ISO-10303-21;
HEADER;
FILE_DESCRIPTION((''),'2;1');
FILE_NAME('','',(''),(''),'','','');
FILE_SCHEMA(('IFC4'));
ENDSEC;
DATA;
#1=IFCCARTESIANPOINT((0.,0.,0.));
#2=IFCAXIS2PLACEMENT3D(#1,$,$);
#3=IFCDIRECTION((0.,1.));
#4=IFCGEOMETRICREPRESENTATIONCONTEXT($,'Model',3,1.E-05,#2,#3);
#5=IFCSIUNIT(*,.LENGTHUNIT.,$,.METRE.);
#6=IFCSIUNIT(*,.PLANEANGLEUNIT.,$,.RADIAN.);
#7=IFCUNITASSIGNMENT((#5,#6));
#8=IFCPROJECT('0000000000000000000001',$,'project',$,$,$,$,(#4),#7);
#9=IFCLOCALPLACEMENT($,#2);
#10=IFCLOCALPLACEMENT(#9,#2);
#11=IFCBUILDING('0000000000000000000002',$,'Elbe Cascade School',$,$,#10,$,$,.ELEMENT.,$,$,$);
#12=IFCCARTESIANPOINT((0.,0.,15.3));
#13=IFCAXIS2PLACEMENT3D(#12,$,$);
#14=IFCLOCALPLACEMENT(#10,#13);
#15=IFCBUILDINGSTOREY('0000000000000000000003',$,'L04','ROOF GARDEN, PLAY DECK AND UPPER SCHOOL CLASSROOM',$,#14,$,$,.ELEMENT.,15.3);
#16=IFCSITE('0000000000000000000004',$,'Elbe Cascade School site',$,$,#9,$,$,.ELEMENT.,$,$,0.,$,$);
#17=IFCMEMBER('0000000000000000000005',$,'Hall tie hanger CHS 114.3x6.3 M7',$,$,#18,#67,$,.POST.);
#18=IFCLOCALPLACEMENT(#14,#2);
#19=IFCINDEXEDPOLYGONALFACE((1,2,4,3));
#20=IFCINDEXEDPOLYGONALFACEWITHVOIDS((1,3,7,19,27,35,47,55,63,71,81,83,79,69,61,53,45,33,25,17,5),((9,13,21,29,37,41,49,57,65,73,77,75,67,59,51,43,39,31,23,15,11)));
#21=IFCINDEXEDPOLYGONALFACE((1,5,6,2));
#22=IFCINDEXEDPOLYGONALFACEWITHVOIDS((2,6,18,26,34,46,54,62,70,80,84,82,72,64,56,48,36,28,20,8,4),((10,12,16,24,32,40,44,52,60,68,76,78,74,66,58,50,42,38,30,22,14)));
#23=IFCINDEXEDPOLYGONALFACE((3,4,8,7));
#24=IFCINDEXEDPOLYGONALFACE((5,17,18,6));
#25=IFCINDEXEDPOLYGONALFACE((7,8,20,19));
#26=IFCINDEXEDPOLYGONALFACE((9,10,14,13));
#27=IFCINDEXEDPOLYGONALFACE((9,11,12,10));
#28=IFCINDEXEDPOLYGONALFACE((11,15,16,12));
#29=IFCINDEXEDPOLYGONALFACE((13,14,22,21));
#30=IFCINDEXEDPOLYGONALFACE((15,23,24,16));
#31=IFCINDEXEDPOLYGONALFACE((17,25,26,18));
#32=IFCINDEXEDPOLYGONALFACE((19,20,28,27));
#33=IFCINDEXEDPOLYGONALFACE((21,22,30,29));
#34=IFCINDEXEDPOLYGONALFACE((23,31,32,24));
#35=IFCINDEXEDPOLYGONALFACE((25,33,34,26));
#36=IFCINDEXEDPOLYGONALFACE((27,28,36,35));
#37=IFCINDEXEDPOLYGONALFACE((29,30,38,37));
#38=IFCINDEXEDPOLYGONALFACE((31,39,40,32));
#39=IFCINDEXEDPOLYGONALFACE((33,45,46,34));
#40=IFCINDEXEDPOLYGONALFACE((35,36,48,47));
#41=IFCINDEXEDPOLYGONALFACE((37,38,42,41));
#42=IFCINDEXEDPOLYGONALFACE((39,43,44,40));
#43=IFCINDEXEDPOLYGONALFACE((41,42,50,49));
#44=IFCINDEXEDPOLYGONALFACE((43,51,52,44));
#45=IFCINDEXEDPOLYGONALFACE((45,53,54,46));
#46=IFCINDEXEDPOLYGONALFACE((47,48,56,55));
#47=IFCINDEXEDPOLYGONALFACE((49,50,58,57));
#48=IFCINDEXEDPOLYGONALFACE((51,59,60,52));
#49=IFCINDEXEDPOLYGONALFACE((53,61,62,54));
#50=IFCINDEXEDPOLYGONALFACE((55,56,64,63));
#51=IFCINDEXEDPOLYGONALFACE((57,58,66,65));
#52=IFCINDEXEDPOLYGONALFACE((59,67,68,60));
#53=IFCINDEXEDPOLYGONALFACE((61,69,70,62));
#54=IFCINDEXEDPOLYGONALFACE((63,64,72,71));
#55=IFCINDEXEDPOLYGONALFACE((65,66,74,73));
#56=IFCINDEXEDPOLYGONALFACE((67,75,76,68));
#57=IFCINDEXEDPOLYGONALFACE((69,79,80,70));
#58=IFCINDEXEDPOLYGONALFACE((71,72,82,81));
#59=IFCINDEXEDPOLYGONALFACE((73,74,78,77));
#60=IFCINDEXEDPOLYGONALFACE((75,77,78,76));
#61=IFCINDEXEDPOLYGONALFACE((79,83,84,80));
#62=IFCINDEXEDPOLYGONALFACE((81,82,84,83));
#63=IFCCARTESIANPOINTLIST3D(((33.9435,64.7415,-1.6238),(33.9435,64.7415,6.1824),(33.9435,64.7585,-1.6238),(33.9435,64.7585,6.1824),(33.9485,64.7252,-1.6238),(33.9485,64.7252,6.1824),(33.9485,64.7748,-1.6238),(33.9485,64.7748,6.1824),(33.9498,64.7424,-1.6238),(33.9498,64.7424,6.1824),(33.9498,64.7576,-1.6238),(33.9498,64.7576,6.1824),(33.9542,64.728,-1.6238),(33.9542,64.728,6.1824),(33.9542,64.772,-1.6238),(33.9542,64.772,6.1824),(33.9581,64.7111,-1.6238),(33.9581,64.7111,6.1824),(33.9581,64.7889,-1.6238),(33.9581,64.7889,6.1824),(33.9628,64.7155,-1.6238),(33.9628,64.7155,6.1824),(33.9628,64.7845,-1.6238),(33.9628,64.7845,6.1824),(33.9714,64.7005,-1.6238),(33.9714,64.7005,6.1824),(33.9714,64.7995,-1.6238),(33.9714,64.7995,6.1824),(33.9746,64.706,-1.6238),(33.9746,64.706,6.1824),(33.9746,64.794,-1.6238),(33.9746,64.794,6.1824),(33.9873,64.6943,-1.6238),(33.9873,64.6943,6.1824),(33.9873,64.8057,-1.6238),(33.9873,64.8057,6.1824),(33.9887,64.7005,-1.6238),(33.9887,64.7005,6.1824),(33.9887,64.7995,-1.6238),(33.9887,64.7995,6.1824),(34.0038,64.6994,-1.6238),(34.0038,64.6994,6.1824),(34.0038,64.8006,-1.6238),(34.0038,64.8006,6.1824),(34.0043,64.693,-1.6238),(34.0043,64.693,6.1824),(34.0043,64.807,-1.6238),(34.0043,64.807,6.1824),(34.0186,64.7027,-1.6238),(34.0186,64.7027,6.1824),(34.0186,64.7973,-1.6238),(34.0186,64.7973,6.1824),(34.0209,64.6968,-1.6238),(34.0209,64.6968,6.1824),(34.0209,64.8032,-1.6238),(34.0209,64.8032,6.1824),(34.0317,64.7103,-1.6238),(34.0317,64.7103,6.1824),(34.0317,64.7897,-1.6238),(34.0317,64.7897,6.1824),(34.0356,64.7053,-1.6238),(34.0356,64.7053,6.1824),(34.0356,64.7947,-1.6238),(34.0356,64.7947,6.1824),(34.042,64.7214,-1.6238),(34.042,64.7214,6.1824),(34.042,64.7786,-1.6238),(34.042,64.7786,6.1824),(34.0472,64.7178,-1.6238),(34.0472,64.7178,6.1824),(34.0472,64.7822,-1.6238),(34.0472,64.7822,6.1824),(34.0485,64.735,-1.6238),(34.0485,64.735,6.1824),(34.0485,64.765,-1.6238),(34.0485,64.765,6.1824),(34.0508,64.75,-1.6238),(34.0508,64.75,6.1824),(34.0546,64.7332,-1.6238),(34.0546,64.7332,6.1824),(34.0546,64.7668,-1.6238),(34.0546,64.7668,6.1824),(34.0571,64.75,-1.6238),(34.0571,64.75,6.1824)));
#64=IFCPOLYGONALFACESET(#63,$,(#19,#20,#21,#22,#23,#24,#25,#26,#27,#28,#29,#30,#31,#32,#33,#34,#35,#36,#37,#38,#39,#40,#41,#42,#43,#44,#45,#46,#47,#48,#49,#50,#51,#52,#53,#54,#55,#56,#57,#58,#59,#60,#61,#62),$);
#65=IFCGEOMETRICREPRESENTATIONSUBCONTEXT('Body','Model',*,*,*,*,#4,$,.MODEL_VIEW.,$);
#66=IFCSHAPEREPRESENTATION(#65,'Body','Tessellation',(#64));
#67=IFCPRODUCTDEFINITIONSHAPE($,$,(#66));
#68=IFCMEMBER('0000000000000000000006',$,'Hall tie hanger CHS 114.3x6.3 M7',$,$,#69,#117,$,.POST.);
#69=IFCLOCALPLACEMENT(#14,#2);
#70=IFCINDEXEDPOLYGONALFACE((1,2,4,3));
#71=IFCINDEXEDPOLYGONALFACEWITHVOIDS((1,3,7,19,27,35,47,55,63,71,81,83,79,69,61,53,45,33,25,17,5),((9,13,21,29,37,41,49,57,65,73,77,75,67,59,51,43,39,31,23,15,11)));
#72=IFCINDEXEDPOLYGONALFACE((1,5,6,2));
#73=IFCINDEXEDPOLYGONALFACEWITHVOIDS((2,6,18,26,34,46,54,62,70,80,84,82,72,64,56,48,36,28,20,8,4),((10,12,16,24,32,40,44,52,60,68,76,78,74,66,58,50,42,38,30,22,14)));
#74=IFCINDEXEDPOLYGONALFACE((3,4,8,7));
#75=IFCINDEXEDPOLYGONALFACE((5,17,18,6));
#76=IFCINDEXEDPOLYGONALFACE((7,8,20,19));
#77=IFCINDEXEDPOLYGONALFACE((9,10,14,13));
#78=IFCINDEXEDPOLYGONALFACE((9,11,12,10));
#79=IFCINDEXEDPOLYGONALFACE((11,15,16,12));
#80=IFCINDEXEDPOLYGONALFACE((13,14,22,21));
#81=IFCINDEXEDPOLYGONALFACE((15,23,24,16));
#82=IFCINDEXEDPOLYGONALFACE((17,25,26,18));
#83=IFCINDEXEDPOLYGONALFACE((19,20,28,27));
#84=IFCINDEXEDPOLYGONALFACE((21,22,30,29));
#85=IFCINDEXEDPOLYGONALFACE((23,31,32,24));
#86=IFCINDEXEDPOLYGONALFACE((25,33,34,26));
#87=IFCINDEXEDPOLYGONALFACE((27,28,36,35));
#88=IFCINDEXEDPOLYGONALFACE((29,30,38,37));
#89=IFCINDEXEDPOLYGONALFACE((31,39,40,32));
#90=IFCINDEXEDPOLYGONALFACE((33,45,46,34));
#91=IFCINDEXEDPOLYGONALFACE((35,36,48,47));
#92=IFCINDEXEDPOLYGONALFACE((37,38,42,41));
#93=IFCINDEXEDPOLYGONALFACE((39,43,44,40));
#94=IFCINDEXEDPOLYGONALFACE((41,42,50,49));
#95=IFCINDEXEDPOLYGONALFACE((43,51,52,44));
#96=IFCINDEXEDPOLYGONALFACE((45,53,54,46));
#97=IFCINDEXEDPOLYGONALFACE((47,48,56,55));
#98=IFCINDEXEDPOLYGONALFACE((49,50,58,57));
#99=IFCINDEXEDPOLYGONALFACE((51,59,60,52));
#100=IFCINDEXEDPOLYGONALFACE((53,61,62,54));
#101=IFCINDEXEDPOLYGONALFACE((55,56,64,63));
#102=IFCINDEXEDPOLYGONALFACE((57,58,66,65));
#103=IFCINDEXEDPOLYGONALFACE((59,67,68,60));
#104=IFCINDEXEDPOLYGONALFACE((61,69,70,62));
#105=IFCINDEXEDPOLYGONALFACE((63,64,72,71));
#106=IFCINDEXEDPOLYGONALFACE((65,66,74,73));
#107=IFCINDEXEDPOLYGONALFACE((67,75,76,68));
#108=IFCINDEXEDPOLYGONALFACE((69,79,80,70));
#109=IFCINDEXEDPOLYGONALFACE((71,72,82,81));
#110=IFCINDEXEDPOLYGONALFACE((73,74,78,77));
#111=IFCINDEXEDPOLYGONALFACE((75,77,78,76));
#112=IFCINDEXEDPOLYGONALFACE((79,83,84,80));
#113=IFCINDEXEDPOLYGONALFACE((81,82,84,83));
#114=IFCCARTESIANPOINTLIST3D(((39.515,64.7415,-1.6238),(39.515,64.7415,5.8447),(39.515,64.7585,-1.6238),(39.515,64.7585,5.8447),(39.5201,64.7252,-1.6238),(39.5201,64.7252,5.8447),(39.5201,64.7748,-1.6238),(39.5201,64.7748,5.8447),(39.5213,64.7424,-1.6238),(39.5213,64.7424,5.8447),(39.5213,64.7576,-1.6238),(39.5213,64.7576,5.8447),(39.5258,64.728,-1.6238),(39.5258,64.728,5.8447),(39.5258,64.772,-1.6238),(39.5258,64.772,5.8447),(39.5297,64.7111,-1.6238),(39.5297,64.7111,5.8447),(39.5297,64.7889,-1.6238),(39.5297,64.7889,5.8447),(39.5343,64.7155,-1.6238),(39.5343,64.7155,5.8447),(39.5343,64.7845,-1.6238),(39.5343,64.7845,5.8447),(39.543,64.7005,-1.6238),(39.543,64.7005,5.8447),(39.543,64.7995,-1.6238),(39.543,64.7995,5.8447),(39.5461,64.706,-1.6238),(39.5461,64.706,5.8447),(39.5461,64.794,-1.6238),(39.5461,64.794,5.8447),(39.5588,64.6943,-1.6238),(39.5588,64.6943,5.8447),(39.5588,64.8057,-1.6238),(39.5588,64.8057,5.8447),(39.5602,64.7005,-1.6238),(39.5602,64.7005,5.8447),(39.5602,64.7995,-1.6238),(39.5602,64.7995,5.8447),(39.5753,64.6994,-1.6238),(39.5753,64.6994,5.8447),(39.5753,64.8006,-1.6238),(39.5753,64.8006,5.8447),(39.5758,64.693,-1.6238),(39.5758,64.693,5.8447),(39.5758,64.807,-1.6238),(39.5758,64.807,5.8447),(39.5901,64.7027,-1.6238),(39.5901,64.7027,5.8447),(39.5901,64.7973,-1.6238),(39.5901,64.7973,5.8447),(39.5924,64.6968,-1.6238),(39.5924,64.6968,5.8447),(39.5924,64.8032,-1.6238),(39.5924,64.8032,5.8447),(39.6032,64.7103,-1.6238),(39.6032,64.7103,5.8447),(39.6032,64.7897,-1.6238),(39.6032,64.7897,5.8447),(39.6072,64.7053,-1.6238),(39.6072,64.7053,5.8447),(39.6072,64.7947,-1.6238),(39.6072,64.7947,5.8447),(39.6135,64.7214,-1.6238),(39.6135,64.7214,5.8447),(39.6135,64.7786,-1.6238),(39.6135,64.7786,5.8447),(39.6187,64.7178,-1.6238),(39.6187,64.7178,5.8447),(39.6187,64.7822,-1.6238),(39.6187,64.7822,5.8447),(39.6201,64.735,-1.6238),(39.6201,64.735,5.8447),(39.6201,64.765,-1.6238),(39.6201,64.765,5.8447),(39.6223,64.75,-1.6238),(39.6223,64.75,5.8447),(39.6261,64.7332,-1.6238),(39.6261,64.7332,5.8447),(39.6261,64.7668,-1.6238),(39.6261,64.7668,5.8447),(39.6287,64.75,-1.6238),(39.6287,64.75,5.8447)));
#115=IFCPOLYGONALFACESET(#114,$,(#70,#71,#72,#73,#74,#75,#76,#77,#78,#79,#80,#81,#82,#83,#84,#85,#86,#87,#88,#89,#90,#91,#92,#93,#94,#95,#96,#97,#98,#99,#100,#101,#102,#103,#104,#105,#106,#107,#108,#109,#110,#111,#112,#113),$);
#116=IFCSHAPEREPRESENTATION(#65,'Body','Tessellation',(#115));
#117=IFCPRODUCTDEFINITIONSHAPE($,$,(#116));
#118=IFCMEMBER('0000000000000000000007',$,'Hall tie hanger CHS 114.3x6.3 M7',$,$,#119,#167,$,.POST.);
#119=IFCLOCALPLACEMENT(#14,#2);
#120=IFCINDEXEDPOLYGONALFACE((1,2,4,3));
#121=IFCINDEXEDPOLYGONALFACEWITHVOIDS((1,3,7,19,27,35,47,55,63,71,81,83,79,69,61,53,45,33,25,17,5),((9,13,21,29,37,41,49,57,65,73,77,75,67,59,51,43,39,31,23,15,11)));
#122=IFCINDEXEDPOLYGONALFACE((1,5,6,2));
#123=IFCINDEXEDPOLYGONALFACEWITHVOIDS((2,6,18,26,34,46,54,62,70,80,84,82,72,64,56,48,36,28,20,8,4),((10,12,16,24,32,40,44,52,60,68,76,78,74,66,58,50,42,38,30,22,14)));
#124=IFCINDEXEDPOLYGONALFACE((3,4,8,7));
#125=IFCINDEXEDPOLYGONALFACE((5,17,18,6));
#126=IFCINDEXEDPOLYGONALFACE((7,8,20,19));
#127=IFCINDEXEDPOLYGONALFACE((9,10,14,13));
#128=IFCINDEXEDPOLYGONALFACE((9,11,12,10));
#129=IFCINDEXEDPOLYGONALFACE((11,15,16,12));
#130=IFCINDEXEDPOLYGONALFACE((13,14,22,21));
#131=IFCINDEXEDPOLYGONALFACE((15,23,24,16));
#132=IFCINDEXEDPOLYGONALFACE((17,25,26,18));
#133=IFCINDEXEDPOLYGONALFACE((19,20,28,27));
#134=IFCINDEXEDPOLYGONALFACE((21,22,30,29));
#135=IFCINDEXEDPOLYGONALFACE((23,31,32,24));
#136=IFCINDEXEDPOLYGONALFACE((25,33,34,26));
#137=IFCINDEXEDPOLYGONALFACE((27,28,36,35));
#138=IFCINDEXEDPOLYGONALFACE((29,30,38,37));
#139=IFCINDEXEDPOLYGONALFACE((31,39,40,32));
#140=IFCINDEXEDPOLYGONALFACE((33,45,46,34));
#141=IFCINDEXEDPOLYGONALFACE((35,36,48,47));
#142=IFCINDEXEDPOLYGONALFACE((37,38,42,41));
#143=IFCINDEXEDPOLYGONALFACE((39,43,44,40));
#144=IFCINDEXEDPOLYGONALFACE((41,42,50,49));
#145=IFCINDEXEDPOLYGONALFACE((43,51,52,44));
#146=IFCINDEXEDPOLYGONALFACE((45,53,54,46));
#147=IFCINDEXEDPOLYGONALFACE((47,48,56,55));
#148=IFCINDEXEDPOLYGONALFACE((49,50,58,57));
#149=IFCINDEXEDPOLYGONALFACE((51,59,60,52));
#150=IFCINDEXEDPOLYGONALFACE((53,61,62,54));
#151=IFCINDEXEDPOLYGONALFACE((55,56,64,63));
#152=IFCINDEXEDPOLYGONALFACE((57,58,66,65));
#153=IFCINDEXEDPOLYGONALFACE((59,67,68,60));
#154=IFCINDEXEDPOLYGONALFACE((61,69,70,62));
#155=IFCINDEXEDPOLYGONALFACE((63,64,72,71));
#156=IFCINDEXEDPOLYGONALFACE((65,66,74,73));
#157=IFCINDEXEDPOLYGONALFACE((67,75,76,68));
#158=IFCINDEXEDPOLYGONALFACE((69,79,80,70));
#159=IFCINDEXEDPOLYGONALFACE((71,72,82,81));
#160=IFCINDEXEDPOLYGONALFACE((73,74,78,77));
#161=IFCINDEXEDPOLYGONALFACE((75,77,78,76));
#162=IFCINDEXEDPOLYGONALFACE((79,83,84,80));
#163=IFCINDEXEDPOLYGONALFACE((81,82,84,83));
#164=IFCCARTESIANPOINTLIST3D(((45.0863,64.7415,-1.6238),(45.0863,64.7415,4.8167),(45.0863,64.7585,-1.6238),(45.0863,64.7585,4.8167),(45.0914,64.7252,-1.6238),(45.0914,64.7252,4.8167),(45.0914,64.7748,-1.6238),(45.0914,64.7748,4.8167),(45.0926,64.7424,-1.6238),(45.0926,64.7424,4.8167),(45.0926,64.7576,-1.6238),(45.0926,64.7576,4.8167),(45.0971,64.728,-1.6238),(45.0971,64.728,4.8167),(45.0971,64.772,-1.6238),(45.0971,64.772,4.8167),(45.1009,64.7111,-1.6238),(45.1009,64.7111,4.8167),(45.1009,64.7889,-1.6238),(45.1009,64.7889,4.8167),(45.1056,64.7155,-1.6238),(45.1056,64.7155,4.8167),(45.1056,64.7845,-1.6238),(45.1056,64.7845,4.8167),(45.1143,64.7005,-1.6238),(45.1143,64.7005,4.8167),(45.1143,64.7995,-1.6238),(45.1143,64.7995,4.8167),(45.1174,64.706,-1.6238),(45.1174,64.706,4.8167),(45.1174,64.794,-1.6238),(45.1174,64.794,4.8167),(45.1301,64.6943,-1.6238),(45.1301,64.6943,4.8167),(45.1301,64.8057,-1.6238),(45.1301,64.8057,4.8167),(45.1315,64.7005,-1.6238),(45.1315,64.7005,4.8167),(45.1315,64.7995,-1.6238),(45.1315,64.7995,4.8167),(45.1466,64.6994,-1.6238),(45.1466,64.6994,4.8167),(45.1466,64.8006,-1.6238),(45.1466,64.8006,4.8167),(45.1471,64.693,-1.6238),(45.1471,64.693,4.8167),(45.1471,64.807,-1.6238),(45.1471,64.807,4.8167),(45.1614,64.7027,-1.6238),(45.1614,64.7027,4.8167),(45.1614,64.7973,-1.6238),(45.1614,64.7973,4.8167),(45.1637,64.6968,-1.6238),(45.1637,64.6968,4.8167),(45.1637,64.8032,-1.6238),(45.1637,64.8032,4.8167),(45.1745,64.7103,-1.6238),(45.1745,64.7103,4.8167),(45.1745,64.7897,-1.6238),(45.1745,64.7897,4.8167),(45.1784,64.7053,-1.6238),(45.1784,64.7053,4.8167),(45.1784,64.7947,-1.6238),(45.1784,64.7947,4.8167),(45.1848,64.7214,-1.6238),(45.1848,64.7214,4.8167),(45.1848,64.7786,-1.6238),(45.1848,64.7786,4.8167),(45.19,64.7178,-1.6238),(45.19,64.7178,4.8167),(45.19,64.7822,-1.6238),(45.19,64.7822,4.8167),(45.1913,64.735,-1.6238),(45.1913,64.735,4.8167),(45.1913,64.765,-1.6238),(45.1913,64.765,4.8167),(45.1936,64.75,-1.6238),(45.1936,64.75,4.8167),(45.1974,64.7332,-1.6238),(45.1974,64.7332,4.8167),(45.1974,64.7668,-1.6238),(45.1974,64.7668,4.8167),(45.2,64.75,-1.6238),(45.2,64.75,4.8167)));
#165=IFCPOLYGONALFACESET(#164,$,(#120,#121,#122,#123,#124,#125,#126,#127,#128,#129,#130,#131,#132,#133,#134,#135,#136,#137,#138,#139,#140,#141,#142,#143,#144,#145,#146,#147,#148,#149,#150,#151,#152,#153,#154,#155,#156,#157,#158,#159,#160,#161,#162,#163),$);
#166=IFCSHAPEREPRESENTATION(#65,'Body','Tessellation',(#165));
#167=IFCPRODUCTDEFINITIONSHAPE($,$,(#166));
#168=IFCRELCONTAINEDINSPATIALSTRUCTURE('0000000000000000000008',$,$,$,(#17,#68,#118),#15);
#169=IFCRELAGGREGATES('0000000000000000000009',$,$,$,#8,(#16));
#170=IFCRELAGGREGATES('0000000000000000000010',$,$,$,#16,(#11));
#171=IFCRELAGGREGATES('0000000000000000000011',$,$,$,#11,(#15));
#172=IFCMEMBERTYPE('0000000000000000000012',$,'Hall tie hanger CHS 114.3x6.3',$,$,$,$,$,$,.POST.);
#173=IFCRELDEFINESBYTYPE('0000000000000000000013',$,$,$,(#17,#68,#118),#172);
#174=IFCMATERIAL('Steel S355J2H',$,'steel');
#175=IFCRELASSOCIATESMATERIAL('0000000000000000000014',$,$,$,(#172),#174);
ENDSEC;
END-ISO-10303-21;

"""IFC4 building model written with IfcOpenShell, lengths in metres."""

from ifc_helpers import new_model, si_unit, direction, frame, origin, origin_2d, place, context, subcontext, project, spatial, hollow_circle, extrude, material, material_profile, profile_set, type_object, element, save


model = new_model("IFC4")

# Units and contexts
model_context = context("Model", 3, precision=1e-05, world=origin(), true_north=direction((0.0, 1.0)))
body_context = subcontext(model_context, "Body", "Model", "MODEL_VIEW")
ifc_project = project(units=[si_unit("LENGTHUNIT", "METRE"), si_unit("PLANEANGLEUNIT", "RADIAN")], contexts=[model_context])

# Site, building, storey
site_placement = place(None, origin())
site = spatial("IfcSite", under=ifc_project, at=site_placement, Name="Elbe Cascade School site", CompositionType="ELEMENT", RefElevation=0.0)
building_placement = place(site_placement, origin())
building = spatial("IfcBuilding", under=site, at=building_placement, Name="Elbe Cascade School", CompositionType="ELEMENT")
storey_placement = place(building_placement, frame((0.0, 0.0, 15.3)))
storey = spatial("IfcBuildingStorey", under=building, at=storey_placement, Name="L04", Description="ROOF GARDEN, PLAY DECK AND UPPER SCHOOL CLASSROOM", CompositionType="ELEMENT", Elevation=15.3)

# Members
ifc_material_1 = material(Name="Steel S355J2H", Category="steel")
ifc_material_profile_1 = material_profile(ifc_material_1, hollow_circle(Radius=0.0571, WallThickness=0.0063, at=origin_2d()), Name="CHS 114.3x6.3")
ifc_profile_set_1 = profile_set([ifc_material_profile_1], Name="Steel S355J2H")
member_type_1 = type_object("IfcMemberType", Name="Hall tie hanger CHS 114.3x6.3", PredefinedType="POST", material=ifc_profile_set_1)
member_1_placement = place(storey_placement, frame((34.0, 64.75, -1.6238), z_axis=(0.0, 0.0, 1.0), x_axis=(1.0, 0.0, 0.0)))
element("IfcMember", 1, at=member_1_placement, inside=storey, type_object=member_type_1, Name="Hall tie hanger CHS 114.3x6.3 M7", PredefinedType="POST", context=body_context, shape_type="SweptSolid", body=[
    extrude(hollow_circle(Radius=0.0571, WallThickness=0.0063, at=origin_2d()), origin(), (0.0, 0.0, 1.0), 7.8062),
])
member_2_placement = place(storey_placement, frame((39.5715, 64.75, -1.6238), z_axis=(0.0, 0.0, 1.0), x_axis=(1.0, 0.0, 0.0)))
element("IfcMember", 2, at=member_2_placement, inside=storey, type_object=member_type_1, Name="Hall tie hanger CHS 114.3x6.3 M7", PredefinedType="POST", context=body_context, shape_type="SweptSolid", body=[
    extrude(hollow_circle(Radius=0.0571, WallThickness=0.0063, at=origin_2d()), origin(), (0.0, 0.0, 1.0), 7.4685),
])
for number, where, z_axis, x_axis, name in (
    (3, (45.1428, 64.75, -1.6238), (0.0, 0.0, 1.0), (1.0, 0.0, 0.0), "Hall tie hanger CHS 114.3x6.3 M7"),
):
    element("IfcMember", number, at=place(storey_placement, frame(where, z_axis=z_axis, x_axis=x_axis)), inside=storey, type_object=member_type_1, Name=name, PredefinedType="POST", context=body_context, shape_type="SweptSolid", body=[
        extrude(hollow_circle(Radius=0.0571, WallThickness=0.0063, at=origin_2d()), origin(), (0.0, 0.0, 1.0), 6.4404),
    ])

save(model, "model.ifc")
